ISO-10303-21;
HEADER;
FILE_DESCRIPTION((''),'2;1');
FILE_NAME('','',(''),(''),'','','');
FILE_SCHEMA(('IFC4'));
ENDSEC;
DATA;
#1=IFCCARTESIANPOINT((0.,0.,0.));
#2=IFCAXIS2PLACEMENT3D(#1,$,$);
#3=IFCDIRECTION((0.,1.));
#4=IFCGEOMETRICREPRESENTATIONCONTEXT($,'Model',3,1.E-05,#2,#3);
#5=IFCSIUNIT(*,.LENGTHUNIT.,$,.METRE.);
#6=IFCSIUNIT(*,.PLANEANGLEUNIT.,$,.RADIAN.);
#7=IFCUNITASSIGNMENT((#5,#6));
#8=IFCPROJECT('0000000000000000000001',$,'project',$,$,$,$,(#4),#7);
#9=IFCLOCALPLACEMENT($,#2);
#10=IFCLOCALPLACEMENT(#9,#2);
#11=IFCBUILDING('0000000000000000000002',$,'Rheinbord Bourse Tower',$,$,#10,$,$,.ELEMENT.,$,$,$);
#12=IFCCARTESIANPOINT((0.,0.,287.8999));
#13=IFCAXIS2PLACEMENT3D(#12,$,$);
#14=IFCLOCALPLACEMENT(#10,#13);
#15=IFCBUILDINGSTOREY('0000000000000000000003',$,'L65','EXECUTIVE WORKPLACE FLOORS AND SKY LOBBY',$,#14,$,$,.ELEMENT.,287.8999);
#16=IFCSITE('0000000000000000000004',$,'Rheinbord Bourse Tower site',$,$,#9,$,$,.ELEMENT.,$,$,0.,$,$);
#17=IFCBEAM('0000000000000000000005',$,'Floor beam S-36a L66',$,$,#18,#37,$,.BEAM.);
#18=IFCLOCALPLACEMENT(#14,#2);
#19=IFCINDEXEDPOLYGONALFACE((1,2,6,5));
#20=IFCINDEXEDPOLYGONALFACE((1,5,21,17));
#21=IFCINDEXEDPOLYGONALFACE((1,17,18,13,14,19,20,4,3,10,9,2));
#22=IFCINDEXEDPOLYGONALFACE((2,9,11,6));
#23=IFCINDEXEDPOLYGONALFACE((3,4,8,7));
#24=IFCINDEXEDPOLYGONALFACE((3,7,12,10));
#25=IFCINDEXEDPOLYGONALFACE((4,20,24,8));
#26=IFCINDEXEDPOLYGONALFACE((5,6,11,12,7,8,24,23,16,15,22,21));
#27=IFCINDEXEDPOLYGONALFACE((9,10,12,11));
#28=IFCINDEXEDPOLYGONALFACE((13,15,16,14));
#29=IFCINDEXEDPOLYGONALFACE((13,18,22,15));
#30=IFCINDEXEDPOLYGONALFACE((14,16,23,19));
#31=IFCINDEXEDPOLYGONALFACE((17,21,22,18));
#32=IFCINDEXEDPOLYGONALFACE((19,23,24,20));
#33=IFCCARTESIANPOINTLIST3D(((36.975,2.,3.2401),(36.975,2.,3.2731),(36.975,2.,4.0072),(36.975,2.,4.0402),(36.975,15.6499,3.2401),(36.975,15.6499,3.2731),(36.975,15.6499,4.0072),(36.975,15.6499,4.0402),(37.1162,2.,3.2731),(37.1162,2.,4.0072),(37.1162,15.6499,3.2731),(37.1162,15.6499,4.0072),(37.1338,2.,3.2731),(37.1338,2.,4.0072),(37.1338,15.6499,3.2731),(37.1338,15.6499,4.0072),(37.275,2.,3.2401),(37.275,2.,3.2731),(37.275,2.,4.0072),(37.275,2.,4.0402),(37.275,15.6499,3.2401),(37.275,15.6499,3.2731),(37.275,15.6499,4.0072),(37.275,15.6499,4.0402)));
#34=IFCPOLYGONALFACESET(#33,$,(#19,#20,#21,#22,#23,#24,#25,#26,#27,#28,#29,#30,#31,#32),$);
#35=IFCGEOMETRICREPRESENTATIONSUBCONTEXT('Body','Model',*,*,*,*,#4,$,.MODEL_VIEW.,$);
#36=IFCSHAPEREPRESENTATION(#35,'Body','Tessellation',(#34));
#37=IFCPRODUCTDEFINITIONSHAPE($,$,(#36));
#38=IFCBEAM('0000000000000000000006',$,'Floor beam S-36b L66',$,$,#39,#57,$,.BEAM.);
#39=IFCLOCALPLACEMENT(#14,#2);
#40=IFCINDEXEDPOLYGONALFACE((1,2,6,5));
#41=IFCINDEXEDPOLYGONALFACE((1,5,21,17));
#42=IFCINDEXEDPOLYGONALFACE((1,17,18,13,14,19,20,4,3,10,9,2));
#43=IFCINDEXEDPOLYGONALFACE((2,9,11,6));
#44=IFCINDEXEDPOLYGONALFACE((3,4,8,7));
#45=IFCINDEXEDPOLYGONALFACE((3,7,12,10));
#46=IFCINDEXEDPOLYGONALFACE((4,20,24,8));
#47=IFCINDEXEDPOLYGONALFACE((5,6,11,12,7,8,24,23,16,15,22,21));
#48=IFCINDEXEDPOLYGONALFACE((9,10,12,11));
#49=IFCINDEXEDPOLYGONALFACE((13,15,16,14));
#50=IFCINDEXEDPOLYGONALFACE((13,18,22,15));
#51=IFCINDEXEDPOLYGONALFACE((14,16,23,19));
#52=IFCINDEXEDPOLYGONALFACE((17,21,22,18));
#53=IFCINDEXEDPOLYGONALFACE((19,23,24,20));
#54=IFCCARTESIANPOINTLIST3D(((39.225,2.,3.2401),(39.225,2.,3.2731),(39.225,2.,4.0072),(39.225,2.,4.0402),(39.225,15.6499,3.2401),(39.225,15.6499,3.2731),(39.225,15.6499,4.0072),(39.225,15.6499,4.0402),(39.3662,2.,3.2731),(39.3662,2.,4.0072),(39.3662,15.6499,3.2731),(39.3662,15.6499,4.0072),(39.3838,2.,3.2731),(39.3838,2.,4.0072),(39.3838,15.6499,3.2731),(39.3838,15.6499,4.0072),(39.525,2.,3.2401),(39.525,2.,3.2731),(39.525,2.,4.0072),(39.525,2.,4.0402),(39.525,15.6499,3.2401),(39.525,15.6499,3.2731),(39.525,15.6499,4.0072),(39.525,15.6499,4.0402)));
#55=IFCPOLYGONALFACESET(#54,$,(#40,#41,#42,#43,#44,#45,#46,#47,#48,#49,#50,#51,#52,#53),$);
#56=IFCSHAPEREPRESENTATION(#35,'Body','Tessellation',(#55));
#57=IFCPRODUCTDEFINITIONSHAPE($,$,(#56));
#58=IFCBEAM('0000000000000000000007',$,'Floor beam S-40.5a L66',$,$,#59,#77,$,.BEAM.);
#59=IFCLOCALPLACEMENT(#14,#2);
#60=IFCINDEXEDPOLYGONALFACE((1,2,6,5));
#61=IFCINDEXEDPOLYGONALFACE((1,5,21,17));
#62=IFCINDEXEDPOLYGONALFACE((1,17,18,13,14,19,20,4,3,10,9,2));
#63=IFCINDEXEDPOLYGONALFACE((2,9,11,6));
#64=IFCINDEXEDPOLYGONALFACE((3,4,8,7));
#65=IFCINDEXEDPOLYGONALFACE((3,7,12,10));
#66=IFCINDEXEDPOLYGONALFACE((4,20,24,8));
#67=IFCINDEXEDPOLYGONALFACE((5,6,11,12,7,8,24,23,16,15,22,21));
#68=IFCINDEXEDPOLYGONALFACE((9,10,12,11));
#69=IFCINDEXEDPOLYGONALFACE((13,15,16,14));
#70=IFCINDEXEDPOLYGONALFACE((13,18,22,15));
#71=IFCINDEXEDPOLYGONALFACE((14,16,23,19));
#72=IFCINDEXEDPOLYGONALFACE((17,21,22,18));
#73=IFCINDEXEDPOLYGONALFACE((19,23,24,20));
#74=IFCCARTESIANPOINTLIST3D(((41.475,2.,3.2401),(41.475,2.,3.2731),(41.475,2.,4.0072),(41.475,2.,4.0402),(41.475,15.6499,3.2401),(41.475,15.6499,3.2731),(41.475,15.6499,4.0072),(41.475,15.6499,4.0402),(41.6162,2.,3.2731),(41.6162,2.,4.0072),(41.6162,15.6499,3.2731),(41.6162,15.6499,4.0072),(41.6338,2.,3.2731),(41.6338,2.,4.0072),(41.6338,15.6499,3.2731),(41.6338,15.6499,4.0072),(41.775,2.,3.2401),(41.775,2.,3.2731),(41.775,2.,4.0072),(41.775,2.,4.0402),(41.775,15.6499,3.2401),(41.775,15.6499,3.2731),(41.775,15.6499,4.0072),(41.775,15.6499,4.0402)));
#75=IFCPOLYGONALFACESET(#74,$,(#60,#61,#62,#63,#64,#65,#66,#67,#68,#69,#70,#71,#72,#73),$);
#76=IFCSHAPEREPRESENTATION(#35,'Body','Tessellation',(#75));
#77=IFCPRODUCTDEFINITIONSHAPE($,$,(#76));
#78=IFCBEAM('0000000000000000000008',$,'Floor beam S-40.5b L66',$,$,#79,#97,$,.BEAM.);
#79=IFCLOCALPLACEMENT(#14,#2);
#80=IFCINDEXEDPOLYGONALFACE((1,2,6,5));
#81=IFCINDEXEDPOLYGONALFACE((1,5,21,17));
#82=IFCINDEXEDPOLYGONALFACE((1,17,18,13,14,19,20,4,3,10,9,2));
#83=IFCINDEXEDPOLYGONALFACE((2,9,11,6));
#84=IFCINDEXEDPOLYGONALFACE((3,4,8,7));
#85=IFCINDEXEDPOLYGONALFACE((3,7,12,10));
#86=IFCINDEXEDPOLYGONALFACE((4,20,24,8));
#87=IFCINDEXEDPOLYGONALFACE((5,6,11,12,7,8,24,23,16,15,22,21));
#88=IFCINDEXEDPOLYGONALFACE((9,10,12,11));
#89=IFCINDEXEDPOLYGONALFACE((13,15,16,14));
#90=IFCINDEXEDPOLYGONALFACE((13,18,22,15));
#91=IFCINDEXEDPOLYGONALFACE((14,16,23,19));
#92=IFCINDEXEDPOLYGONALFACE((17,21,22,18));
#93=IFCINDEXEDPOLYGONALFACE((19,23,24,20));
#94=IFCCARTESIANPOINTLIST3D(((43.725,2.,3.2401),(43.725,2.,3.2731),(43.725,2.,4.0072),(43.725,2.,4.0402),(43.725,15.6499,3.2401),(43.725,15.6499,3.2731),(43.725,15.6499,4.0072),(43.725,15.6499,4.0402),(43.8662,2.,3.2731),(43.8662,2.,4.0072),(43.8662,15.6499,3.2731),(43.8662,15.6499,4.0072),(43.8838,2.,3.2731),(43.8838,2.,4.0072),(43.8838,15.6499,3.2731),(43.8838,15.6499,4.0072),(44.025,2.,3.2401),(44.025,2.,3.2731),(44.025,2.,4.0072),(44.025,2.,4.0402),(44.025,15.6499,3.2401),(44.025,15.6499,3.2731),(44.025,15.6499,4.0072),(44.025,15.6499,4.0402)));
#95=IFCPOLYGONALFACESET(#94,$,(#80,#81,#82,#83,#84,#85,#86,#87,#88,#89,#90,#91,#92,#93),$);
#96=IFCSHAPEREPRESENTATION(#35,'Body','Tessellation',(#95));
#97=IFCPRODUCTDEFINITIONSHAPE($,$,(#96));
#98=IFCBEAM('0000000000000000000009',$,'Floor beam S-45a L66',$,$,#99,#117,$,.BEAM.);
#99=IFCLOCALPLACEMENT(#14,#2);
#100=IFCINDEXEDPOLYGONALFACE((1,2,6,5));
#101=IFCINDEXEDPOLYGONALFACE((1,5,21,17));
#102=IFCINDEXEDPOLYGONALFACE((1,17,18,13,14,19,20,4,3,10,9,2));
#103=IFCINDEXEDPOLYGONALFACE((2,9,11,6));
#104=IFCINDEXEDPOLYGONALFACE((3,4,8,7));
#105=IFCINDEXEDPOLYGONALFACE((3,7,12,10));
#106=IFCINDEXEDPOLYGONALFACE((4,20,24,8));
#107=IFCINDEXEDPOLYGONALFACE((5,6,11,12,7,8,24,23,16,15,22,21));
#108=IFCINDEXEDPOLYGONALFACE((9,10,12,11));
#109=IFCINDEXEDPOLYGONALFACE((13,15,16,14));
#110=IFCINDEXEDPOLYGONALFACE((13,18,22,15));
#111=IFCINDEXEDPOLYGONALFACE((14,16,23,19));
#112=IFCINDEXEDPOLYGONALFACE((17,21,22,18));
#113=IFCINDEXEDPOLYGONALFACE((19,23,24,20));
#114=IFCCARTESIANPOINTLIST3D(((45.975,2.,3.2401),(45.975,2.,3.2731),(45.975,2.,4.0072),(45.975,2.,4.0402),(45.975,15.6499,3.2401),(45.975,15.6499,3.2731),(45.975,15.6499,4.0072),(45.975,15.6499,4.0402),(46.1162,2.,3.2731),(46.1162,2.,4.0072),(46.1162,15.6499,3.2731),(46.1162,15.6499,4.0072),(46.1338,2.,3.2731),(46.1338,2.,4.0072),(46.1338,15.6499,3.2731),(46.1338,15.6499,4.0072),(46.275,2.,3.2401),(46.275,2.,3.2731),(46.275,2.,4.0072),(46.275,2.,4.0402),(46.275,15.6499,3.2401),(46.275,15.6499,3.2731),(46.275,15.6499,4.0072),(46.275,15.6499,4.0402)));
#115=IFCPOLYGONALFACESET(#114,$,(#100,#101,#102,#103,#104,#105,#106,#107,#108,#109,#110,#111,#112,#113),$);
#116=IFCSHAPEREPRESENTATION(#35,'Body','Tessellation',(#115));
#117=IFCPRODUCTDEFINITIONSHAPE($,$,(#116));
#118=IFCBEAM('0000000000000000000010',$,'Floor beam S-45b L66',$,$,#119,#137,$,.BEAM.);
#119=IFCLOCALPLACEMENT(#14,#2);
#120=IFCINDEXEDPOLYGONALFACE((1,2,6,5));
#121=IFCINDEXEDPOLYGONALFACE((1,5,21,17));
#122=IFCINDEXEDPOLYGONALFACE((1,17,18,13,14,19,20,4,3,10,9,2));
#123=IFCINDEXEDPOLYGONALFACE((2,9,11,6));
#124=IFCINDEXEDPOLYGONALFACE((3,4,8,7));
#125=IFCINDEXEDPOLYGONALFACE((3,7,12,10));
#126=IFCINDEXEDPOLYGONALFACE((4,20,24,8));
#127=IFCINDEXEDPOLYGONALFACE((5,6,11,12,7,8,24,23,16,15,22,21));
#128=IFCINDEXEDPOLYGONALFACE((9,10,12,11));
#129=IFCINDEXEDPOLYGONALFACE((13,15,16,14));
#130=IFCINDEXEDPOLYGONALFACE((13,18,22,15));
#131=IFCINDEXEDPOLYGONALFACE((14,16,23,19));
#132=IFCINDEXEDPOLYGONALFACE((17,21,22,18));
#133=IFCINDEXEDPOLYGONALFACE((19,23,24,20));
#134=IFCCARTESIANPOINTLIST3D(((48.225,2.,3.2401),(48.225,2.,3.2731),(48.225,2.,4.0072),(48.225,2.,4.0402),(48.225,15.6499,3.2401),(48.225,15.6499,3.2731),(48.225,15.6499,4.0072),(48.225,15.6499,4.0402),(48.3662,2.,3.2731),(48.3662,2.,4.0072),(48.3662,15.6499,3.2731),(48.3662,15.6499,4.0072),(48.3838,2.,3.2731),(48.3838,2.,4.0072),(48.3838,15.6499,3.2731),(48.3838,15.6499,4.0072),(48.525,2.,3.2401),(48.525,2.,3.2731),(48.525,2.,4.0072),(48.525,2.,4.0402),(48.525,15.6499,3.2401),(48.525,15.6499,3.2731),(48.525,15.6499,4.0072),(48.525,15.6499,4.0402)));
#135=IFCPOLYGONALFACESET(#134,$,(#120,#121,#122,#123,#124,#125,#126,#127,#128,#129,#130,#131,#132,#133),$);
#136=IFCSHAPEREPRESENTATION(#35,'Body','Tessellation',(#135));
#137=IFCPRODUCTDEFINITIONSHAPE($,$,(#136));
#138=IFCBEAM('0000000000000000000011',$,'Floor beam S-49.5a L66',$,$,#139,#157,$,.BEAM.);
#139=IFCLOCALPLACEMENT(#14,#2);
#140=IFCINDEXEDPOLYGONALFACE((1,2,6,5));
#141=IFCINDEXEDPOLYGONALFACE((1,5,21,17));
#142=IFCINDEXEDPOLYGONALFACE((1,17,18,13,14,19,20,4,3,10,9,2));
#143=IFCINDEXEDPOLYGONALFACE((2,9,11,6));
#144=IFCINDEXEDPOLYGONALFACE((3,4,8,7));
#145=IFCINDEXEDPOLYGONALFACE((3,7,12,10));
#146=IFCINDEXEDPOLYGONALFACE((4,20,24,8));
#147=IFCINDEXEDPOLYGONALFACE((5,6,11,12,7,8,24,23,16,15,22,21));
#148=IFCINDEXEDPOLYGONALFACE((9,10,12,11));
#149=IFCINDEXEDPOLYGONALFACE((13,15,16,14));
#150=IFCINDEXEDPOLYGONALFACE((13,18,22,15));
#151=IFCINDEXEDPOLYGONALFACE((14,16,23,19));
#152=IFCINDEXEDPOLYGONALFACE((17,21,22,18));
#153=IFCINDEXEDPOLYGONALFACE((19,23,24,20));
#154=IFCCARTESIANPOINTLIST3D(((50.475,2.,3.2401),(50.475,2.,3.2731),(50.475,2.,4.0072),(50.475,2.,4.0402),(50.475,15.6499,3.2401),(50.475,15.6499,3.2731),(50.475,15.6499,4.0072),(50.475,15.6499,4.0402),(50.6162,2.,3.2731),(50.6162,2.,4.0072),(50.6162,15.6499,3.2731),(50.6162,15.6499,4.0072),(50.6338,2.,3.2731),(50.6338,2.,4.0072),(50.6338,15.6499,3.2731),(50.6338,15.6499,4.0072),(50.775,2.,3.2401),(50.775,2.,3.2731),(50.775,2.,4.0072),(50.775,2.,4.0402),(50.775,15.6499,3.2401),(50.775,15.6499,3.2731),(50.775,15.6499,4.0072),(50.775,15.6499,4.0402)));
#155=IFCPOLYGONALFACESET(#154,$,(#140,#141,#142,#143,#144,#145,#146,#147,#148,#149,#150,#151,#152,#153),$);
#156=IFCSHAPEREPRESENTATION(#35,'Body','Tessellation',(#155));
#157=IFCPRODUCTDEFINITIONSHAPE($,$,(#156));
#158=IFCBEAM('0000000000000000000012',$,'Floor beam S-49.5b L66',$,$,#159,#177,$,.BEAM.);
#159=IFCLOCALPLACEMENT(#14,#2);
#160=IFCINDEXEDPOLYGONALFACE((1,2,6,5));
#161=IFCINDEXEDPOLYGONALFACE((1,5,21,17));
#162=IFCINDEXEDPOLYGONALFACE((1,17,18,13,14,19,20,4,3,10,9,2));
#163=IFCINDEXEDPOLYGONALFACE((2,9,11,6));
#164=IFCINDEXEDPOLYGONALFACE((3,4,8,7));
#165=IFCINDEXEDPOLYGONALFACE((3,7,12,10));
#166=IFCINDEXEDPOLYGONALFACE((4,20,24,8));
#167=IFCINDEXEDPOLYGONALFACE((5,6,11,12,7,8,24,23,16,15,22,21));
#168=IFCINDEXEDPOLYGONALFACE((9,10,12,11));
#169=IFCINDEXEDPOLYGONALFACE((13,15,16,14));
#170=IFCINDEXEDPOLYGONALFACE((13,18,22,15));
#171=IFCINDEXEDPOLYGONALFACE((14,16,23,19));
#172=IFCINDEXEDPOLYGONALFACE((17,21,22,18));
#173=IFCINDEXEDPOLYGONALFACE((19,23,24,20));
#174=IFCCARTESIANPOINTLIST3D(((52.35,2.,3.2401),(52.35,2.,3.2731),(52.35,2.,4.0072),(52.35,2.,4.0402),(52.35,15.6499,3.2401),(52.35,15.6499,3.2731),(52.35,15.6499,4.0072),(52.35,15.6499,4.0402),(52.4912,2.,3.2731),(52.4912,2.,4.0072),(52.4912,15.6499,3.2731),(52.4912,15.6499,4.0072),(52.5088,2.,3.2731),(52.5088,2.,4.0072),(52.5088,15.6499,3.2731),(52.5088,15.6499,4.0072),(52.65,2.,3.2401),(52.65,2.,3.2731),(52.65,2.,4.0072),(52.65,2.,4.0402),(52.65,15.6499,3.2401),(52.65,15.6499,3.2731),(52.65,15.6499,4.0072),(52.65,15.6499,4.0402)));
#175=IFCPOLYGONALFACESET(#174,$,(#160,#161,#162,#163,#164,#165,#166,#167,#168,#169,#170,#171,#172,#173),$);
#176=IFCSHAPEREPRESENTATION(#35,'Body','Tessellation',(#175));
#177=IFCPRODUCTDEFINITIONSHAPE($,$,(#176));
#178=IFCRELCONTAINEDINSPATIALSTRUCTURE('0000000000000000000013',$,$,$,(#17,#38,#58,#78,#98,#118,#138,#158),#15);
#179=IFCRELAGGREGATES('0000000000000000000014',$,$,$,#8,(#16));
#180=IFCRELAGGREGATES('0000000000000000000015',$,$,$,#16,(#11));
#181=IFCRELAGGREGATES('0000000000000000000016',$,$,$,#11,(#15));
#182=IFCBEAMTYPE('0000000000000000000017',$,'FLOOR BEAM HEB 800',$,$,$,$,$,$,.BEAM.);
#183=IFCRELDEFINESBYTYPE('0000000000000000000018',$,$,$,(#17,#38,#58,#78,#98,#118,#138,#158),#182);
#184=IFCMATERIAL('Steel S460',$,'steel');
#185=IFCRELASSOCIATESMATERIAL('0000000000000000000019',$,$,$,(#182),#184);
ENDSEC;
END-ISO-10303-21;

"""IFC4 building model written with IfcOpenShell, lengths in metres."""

from ifc_helpers import new_model, si_unit, direction, frame, origin, origin_2d, place, context, subcontext, project, spatial, i_section, extrude, material, material_profile, profile_set, type_object, element, save


model = new_model("IFC4")

# Units and contexts
model_context = context("Model", 3, precision=1e-05, world=origin(), true_north=direction((0.0, 1.0)))
body_context = subcontext(model_context, "Body", "Model", "MODEL_VIEW")
ifc_project = project(units=[si_unit("LENGTHUNIT", "METRE"), si_unit("PLANEANGLEUNIT", "RADIAN")], contexts=[model_context])

# Site, building, storey
site_placement = place(None, origin())
site = spatial("IfcSite", under=ifc_project, at=site_placement, Name="Rheinbord Bourse Tower site", CompositionType="ELEMENT", RefElevation=0.0)
building_placement = place(site_placement, origin())
building = spatial("IfcBuilding", under=site, at=building_placement, Name="Rheinbord Bourse Tower", CompositionType="ELEMENT")
storey_placement = place(building_placement, frame((0.0, 0.0, 287.8999)))
storey = spatial("IfcBuildingStorey", under=building, at=storey_placement, Name="L65", Description="EXECUTIVE WORKPLACE FLOORS AND SKY LOBBY", CompositionType="ELEMENT", Elevation=287.8999)

# Beams
ifc_material_1 = material(Name="Steel S460", Category="steel")
ifc_material_profile_1 = material_profile(ifc_material_1, i_section(OverallWidth=0.3, OverallDepth=0.8, WebThickness=0.0176, FlangeThickness=0.033, at=origin_2d()), Name="HEB 800")
ifc_profile_set_1 = profile_set([ifc_material_profile_1], Name="Steel S460")
beam_type_1 = type_object("IfcBeamType", Name="FLOOR BEAM HEB 800", PredefinedType="BEAM", material=ifc_profile_set_1)
for number, where, z_axis, x_axis, name in (
    (1, (37.125, 2.0, 3.6401), (0.0, 1.0, 0.0), (-1.0, 0.0, 0.0), "Floor beam S-36a L66"),
    (2, (39.375, 2.0, 3.6401), (0.0, 1.0, 0.0), (-1.0, 0.0, 0.0), "Floor beam S-36b L66"),
    (3, (41.625, 2.0, 3.6401), (0.0, 1.0, 0.0), (-1.0, 0.0, 0.0), "Floor beam S-40.5a L66"),
    (4, (43.875, 2.0, 3.6401), (0.0, 1.0, 0.0), (-1.0, 0.0, 0.0), "Floor beam S-40.5b L66"),
    (5, (46.125, 2.0, 3.6401), (0.0, 1.0, 0.0), (-1.0, 0.0, 0.0), "Floor beam S-45a L66"),
    (6, (48.375, 2.0, 3.6401), (0.0, 1.0, 0.0), (-1.0, 0.0, 0.0), "Floor beam S-45b L66"),
    (7, (50.625, 2.0, 3.6401), (0.0, 1.0, 0.0), (-1.0, 0.0, 0.0), "Floor beam S-49.5a L66"),
    (8, (52.5, 2.0, 3.6401), (0.0, 1.0, 0.0), (-1.0, 0.0, 0.0), "Floor beam S-49.5b L66"),
):
    element("IfcBeam", number, at=place(storey_placement, frame(where, z_axis=z_axis, x_axis=x_axis)), inside=storey, type_object=beam_type_1, Name=name, PredefinedType="BEAM", context=body_context, shape_type="SweptSolid", body=[
        extrude(i_section(OverallWidth=0.3, OverallDepth=0.8, WebThickness=0.0176, FlangeThickness=0.033, at=origin_2d()), origin(), (0.0, 0.0, 1.0), 13.6499),
    ])

save(model, "model.ifc")
